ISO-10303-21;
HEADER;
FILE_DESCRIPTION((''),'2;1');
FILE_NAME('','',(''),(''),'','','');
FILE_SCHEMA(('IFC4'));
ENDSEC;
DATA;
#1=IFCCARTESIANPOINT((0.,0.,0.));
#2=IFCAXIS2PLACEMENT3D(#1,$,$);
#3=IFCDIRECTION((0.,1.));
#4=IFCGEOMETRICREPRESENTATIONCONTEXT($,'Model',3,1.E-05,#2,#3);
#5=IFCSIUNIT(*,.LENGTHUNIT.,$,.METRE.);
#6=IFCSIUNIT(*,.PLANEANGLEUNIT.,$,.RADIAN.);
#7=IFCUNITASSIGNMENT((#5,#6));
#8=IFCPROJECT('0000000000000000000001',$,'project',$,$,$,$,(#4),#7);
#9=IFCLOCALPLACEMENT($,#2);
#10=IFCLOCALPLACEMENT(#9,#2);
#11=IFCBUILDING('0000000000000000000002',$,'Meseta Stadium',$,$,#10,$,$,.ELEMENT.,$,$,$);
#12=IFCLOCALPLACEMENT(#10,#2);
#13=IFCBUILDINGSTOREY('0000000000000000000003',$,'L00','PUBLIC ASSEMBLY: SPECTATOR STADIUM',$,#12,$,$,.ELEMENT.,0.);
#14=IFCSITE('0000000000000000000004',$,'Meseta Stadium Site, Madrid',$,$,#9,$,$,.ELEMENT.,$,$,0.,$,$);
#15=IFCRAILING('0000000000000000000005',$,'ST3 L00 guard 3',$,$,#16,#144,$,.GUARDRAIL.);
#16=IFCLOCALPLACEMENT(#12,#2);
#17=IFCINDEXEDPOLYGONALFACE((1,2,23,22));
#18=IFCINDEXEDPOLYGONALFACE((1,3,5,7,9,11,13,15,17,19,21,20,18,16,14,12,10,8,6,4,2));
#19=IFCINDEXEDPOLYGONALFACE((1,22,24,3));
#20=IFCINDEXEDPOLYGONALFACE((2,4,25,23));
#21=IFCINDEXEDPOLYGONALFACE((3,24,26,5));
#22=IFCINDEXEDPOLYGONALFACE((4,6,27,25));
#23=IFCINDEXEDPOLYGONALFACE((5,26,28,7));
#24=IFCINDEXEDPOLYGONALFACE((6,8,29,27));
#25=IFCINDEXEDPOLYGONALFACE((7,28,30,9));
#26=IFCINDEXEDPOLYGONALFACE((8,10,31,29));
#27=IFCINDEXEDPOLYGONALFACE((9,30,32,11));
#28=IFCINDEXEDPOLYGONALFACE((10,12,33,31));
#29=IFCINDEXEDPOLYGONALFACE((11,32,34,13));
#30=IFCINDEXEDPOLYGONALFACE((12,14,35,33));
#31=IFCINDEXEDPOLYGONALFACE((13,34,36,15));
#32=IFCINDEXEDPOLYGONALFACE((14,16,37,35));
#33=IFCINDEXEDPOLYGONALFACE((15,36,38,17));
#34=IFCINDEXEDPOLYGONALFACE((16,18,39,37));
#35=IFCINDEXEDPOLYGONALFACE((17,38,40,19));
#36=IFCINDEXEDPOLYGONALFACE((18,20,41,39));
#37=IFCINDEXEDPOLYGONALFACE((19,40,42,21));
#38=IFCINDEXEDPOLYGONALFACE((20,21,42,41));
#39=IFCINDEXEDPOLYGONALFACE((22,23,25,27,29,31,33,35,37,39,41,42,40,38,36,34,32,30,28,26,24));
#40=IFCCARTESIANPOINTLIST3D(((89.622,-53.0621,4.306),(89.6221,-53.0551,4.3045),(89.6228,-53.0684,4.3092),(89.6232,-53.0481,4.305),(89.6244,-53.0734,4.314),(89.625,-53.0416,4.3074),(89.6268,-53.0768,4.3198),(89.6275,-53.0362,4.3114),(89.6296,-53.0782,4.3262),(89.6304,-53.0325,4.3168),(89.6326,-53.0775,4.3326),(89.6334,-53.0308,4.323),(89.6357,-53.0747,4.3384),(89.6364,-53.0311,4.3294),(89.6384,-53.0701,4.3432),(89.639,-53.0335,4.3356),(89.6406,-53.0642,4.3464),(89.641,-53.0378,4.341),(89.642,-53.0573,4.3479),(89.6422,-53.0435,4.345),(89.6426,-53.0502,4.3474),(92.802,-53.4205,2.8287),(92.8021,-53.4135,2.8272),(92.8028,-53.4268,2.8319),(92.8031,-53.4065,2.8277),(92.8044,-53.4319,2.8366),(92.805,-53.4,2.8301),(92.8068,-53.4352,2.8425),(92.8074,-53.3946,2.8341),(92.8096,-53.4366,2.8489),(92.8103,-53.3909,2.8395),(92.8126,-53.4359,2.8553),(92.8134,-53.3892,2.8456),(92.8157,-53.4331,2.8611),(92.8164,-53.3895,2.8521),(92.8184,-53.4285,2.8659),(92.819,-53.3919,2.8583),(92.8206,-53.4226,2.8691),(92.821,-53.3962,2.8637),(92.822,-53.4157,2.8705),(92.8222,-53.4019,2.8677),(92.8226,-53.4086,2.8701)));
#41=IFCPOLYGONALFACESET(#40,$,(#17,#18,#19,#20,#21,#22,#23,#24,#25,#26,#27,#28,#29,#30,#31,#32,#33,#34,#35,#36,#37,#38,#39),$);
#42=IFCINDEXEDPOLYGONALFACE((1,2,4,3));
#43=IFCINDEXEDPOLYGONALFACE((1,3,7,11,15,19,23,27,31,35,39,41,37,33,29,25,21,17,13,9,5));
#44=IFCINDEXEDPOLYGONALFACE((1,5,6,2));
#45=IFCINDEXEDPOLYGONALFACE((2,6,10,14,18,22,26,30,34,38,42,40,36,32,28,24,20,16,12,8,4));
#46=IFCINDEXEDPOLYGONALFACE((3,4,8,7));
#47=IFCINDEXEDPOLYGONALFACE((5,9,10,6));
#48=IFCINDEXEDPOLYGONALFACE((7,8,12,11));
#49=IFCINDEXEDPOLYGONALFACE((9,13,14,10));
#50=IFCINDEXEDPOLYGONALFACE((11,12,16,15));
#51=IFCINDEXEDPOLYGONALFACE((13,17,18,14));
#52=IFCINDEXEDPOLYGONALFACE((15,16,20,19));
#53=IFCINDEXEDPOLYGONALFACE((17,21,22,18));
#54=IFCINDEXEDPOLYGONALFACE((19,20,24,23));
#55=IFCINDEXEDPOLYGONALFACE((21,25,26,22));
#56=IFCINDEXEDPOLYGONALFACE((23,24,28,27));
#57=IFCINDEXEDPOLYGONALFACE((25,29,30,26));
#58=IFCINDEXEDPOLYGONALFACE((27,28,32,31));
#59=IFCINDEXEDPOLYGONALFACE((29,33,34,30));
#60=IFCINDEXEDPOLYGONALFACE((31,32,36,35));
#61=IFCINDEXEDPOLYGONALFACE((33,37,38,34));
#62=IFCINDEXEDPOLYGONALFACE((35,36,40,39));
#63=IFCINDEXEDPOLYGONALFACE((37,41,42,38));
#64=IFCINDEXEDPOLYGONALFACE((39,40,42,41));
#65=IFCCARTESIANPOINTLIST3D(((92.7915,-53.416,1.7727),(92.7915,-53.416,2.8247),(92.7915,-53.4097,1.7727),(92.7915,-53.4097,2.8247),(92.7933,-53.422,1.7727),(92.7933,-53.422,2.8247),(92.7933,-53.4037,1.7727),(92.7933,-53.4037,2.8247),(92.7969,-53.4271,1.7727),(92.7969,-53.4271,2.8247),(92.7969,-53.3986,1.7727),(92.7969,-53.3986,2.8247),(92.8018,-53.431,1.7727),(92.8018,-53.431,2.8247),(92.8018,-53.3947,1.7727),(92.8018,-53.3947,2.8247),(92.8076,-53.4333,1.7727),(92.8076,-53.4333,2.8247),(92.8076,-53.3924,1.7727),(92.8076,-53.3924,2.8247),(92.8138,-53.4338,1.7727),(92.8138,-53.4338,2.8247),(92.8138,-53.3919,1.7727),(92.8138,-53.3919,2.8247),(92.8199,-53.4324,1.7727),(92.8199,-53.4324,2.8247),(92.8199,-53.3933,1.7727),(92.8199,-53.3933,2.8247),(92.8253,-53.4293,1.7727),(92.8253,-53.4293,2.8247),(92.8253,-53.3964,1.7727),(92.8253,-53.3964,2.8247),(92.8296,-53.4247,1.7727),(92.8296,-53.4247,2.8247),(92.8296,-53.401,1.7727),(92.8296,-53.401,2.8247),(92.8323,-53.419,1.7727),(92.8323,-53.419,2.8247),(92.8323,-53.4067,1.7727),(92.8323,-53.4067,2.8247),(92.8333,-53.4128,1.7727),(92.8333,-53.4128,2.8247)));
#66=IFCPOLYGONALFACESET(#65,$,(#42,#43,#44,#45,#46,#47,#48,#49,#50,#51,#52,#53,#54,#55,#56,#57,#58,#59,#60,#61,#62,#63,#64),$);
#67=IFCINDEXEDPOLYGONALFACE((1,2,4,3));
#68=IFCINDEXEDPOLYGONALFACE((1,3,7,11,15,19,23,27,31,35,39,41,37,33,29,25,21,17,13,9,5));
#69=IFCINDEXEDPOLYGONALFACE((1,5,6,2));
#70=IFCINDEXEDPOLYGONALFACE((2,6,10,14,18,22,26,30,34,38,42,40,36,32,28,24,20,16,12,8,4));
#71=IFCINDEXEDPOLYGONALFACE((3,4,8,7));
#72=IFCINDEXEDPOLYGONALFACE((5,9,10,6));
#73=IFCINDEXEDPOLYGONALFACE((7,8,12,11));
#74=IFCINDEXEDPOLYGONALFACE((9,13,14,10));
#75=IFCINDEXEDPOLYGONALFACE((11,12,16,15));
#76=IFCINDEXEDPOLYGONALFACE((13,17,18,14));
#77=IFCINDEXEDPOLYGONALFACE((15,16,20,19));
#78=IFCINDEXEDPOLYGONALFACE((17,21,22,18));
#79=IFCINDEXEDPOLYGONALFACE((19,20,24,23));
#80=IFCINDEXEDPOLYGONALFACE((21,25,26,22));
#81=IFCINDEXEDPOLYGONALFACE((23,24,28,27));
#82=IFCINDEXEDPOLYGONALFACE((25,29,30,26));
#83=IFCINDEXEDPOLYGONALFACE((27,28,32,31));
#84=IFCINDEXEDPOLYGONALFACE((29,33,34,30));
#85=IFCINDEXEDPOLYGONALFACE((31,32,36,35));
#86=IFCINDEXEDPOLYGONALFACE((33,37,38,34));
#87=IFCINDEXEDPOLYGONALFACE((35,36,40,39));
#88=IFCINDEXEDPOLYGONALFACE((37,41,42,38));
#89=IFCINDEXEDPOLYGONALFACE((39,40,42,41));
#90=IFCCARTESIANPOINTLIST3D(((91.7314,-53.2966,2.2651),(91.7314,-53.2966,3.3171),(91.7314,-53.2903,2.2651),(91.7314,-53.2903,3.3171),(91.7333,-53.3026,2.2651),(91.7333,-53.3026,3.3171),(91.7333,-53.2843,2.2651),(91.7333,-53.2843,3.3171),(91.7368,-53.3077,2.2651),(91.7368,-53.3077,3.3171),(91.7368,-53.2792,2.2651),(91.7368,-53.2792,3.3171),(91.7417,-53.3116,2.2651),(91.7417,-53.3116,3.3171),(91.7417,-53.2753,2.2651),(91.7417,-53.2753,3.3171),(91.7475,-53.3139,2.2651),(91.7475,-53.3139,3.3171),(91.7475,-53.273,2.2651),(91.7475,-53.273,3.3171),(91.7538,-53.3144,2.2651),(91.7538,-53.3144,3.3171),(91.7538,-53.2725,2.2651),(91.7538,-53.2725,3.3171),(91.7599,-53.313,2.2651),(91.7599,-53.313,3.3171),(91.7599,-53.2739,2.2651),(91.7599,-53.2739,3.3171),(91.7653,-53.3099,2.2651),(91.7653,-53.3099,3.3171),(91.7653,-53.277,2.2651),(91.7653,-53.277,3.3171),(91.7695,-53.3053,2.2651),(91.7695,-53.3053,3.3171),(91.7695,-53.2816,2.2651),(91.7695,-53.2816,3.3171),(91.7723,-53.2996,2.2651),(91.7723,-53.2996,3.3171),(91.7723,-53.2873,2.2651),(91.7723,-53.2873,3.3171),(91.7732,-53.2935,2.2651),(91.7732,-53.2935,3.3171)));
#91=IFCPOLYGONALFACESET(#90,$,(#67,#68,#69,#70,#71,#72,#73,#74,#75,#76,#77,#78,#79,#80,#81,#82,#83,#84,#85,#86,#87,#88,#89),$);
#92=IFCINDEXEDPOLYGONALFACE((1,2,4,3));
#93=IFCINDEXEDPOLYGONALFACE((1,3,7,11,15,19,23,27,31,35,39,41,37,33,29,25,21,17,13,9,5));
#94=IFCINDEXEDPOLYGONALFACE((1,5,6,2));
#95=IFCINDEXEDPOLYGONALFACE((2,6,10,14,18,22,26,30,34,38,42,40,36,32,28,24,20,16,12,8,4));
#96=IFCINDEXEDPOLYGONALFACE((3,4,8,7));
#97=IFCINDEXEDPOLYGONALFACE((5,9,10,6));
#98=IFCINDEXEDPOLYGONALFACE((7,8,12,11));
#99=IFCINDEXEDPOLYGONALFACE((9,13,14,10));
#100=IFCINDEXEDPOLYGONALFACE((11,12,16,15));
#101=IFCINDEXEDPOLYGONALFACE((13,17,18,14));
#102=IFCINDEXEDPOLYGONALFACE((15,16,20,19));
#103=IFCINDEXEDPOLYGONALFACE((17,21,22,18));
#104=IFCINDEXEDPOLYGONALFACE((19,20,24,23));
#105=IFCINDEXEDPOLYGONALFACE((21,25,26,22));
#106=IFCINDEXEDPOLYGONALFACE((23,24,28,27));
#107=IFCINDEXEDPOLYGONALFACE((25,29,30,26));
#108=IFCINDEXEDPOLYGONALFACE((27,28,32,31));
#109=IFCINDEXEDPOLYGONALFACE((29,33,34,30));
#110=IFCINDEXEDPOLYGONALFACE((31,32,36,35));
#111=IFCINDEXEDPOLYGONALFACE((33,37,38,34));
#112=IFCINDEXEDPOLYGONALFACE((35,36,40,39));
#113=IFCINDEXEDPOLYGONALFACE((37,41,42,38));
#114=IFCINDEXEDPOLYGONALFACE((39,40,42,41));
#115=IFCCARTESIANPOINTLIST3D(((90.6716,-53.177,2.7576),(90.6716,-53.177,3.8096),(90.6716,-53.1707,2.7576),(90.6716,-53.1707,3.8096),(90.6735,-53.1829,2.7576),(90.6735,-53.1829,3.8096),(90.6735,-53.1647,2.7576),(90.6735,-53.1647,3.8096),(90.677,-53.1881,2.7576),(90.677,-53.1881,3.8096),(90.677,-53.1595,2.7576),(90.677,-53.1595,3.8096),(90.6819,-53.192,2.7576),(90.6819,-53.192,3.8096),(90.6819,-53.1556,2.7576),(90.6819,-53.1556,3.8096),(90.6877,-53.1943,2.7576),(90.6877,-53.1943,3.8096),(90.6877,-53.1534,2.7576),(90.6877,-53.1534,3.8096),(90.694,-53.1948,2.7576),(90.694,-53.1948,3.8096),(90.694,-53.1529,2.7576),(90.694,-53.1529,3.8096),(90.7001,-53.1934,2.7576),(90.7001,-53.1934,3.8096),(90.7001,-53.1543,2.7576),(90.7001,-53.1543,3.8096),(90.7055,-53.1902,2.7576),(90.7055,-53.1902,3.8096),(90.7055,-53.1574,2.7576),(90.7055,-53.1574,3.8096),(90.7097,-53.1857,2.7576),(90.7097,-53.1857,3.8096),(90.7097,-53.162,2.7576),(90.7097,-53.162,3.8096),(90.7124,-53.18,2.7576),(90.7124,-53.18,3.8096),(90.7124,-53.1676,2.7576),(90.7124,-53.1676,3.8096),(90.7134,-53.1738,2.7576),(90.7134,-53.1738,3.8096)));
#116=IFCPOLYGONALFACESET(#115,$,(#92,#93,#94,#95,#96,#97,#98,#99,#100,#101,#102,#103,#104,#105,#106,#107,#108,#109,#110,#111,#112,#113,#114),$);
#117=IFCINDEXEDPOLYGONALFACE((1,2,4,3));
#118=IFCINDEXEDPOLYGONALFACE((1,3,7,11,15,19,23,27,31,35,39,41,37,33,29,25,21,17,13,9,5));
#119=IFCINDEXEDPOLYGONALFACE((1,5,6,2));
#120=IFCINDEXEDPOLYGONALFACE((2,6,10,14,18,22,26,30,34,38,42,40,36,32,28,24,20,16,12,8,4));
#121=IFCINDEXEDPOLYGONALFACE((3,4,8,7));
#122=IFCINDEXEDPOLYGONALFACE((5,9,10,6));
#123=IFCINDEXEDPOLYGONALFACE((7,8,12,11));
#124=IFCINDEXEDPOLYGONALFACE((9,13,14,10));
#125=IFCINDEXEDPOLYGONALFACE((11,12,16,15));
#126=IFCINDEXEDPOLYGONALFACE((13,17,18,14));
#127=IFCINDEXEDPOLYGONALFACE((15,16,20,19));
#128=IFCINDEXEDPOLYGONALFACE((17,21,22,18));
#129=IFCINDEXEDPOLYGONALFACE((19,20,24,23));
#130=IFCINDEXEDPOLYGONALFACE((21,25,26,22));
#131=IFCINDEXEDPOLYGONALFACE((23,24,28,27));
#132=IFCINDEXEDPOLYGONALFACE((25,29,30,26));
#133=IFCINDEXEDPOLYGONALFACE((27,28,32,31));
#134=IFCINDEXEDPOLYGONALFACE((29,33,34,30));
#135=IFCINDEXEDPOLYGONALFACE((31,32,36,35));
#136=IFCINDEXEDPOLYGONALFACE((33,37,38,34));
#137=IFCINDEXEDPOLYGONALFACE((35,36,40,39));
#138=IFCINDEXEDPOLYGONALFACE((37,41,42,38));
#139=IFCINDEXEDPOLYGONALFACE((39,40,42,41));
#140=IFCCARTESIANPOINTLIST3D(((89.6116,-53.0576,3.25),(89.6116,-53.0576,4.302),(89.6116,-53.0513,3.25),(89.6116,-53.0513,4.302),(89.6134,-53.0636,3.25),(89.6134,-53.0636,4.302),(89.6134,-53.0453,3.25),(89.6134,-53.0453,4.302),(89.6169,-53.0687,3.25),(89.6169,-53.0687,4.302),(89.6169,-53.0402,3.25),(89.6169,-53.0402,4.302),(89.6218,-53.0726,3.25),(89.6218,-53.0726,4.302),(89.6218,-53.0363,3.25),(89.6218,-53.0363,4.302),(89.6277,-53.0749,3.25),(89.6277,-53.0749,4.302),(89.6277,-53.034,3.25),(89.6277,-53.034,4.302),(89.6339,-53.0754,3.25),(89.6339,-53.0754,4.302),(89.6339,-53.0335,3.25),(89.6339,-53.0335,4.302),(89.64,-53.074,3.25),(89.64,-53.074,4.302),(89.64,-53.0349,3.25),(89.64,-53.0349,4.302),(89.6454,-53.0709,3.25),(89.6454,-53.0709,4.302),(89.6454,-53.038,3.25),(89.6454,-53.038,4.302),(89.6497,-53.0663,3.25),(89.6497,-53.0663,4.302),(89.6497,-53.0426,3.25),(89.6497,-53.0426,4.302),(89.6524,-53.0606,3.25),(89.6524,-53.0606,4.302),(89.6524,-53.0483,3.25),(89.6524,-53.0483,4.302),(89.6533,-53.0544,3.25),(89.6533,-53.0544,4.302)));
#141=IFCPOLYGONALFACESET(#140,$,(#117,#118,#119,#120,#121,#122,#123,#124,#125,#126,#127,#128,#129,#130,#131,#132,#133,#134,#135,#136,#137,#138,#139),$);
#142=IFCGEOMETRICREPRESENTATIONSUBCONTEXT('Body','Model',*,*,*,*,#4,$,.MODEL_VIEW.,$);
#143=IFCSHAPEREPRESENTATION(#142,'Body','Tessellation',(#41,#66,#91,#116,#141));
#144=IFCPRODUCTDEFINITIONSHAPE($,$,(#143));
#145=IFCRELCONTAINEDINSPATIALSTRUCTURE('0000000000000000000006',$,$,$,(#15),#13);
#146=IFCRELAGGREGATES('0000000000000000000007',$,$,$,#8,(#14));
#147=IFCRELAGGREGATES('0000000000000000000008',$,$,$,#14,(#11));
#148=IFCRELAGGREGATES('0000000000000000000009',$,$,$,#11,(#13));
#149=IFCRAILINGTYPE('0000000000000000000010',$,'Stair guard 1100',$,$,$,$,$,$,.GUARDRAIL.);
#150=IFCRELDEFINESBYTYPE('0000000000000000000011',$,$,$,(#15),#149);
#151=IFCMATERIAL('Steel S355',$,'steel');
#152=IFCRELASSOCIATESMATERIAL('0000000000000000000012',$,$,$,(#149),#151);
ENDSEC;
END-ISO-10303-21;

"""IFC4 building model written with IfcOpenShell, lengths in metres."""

from ifc_helpers import new_model, si_unit, direction, frame, origin, origin_2d, place, context, subcontext, project, spatial, circle, extrude, material, type_object, element, save


model = new_model("IFC4")

# Units and contexts
model_context = context("Model", 3, precision=1e-05, world=origin(), true_north=direction((0.0, 1.0)))
body_context = subcontext(model_context, "Body", "Model", "MODEL_VIEW")
ifc_project = project(units=[si_unit("LENGTHUNIT", "METRE"), si_unit("PLANEANGLEUNIT", "RADIAN")], contexts=[model_context])

# Site, building, storey
site_placement = place(None, origin())
site = spatial("IfcSite", under=ifc_project, at=site_placement, Name="Meseta Stadium Site, Madrid", CompositionType="ELEMENT", RefElevation=0.0)
building_placement = place(site_placement, origin())
building = spatial("IfcBuilding", under=site, at=building_placement, Name="Meseta Stadium", CompositionType="ELEMENT")
storey_placement = place(building_placement, origin())
storey = spatial("IfcBuildingStorey", under=building, at=storey_placement, Name="L00", Description="PUBLIC ASSEMBLY: SPECTATOR STADIUM", CompositionType="ELEMENT", Elevation=0.0)

# Railing
ifc_material_1 = material(Name="Steel S355", Category="steel")
railing_type_1 = type_object("IfcRailingType", Name="Stair guard 1100", PredefinedType="GUARDRAIL", material=ifc_material_1)
railing_1_placement = place(storey_placement, frame((92.8123, -53.4128, 1.7727)))
element("IfcRailing", 1, at=railing_1_placement, inside=storey, type_object=railing_type_1, Name="ST3 L00 guard 3", PredefinedType="GUARDRAIL", context=body_context, shape_type="SweptSolid", body=[
    extrude(circle(Radius=0.0239, at=origin_2d()), frame((0.0, 0.0, 1.0762), z_axis=(-0.90221, 0.101685, 0.419138), x_axis=(-0.111997, -0.993709, 0.0)), (0.0, 0.0, 1.0), 3.5247),
    extrude(circle(Radius=0.021, at=origin_2d()), origin(), (0.0, 0.0, 1.0), 1.052),
    extrude(circle(Radius=0.021, at=origin_2d()), frame((-1.0601, 0.1194, 0.4924)), (0.0, 0.0, 1.0), 1.052),
    extrude(circle(Radius=0.021, at=origin_2d()), frame((-2.1199, 0.239, 0.9849)), (0.0, 0.0, 1.0), 1.052),
    extrude(circle(Radius=0.021, at=origin_2d()), frame((-3.1799, 0.3584, 1.4773)), (0.0, 0.0, 1.0), 1.052),
])

save(model, "model.ifc")
